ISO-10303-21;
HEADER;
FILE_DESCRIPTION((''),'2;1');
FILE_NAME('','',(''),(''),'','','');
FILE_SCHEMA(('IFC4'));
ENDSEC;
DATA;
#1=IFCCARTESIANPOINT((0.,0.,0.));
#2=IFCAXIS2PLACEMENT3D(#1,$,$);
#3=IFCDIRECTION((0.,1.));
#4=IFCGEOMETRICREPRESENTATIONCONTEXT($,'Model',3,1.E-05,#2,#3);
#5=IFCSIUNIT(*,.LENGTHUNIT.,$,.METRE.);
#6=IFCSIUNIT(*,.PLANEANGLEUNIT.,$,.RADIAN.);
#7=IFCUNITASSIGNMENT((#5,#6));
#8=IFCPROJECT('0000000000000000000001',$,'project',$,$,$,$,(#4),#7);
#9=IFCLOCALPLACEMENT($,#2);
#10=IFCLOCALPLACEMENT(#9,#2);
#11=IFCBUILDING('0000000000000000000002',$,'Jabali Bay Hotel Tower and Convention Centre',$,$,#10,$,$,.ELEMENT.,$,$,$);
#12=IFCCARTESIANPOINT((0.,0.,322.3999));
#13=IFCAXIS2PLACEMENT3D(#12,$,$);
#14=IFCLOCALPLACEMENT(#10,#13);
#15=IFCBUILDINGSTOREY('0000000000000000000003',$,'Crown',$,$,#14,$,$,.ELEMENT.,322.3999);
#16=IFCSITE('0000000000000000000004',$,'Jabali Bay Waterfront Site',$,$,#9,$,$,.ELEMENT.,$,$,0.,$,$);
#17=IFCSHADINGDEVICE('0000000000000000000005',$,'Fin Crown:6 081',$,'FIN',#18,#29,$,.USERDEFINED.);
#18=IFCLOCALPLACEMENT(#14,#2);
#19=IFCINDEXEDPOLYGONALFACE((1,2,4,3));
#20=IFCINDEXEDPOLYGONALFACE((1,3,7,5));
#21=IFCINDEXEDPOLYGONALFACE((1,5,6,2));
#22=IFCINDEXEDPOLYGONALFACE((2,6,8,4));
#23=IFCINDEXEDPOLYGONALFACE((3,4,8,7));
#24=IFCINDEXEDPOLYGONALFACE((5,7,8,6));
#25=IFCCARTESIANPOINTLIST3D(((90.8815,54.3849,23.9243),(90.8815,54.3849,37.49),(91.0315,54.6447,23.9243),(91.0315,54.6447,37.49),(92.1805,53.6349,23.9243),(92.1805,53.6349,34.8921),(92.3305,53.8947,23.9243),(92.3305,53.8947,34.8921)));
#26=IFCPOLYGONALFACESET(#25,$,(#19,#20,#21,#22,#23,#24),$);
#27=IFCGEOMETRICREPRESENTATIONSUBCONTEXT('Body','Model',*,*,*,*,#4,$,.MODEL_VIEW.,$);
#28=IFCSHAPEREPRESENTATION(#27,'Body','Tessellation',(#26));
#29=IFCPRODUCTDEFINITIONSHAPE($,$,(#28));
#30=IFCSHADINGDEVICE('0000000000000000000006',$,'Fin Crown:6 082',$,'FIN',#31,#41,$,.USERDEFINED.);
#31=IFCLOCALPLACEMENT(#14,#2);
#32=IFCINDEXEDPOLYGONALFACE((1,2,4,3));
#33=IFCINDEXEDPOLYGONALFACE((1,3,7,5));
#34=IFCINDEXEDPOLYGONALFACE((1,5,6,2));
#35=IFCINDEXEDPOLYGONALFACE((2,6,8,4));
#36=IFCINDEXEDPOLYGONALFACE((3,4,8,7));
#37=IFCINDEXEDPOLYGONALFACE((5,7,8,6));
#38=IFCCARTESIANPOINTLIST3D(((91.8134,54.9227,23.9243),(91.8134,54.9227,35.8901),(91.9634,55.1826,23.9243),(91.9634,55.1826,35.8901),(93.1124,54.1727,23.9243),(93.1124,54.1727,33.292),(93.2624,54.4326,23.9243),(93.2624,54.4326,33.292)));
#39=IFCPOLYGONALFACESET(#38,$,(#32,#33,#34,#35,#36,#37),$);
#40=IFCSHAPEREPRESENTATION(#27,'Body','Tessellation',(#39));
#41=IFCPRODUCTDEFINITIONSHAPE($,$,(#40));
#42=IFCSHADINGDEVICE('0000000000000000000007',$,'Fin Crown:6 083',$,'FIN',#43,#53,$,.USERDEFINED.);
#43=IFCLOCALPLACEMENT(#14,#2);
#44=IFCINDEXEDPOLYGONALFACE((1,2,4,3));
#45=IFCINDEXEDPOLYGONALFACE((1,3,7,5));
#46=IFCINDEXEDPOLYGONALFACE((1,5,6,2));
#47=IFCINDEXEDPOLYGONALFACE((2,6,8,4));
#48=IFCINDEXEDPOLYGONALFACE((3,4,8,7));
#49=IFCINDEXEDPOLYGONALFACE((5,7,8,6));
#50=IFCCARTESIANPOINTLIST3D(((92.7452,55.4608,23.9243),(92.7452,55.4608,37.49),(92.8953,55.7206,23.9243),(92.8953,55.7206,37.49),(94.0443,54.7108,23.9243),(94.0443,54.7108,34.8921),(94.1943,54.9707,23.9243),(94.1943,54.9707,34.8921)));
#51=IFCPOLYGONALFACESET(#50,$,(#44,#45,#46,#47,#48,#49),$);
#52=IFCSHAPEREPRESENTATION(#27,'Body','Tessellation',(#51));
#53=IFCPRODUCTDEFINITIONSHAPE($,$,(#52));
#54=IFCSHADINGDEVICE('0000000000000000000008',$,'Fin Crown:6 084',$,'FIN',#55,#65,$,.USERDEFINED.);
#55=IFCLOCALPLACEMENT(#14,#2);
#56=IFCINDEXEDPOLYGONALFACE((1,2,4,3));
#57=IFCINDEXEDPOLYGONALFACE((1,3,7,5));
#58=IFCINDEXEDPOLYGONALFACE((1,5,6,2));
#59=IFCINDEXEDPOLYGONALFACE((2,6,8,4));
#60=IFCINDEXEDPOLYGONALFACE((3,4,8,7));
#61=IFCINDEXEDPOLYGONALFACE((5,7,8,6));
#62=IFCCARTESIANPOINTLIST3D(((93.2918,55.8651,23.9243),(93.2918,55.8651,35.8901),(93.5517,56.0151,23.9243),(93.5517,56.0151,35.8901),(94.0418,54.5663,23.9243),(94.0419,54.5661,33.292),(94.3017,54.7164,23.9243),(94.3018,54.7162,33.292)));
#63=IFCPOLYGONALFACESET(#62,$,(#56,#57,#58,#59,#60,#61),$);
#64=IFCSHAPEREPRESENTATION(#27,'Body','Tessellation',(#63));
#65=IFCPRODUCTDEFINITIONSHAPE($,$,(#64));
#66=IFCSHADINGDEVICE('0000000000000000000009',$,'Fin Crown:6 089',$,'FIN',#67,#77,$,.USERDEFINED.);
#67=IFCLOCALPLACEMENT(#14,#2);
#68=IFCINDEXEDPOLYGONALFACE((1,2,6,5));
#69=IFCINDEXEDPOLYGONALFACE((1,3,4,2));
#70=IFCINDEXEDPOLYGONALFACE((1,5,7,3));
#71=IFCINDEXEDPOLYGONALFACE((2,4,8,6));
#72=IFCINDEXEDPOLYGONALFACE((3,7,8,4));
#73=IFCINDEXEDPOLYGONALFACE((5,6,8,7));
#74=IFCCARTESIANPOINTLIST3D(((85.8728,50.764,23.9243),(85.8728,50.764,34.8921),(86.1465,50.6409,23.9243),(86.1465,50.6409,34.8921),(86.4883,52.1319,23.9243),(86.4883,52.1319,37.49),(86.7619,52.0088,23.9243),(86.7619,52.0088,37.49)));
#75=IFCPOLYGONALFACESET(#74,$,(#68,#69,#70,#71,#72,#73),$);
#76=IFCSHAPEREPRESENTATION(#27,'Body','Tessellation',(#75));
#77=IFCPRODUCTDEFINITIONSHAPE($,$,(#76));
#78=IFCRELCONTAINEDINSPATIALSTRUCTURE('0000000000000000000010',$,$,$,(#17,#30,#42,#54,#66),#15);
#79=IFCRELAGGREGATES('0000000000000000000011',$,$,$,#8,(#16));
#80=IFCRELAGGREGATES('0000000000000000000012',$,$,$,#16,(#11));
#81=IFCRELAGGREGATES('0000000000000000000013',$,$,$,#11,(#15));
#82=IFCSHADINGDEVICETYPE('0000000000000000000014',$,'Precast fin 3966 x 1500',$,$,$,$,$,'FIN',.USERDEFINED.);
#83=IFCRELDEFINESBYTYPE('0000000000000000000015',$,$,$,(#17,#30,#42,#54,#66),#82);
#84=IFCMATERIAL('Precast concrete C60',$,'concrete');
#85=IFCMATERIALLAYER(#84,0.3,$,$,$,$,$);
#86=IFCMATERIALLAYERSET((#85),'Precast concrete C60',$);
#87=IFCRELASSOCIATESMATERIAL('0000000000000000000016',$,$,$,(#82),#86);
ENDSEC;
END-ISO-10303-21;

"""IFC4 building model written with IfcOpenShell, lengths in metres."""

from ifc_helpers import new_model, si_unit, direction, frame, origin, place, context, subcontext, project, spatial, polyline, outline, extrude, material, layer, layer_set, type_object, element, save


model = new_model("IFC4")

# Units and contexts
model_context = context("Model", 3, precision=1e-05, world=origin(), true_north=direction((0.0, 1.0)))
body_context = subcontext(model_context, "Body", "Model", "MODEL_VIEW")
ifc_project = project(units=[si_unit("LENGTHUNIT", "METRE"), si_unit("PLANEANGLEUNIT", "RADIAN")], contexts=[model_context])

# Site, building, storey
site_placement = place(None, origin())
site = spatial("IfcSite", under=ifc_project, at=site_placement, Name="Jabali Bay Waterfront Site", CompositionType="ELEMENT", RefElevation=0.0)
building_placement = place(site_placement, origin())
building = spatial("IfcBuilding", under=site, at=building_placement, Name="Jabali Bay Hotel Tower and Convention Centre", CompositionType="ELEMENT")
storey_placement = place(building_placement, frame((0.0, 0.0, 322.3999)))
storey = spatial("IfcBuildingStorey", under=building, at=storey_placement, Name="Crown", CompositionType="ELEMENT", Elevation=322.3999)

# Shading devices
ifc_material_1 = material(Name="Precast concrete C60", Category="concrete")
ifc_layer_1 = layer(ifc_material_1, 0.3)
ifc_layer_set_1 = layer_set([ifc_layer_1], Name="Precast concrete C60")
shading_device_type = type_object("IfcShadingDeviceType", Name="Precast fin 3966 x 1500", ElementType="FIN", PredefinedType="USERDEFINED", material=ifc_layer_set_1)
shading_device_1_placement = place(storey_placement, frame((90.9565, 54.5149, 23.9243), z_axis=(0.0, 0.0, 1.0), x_axis=(0.866031, -0.49999, 0.0)))
element("IfcShadingDevice", 1, at=shading_device_1_placement, inside=storey, type_object=shading_device_type, Name="Fin Crown:6 081", ObjectType="FIN", PredefinedType="USERDEFINED", context=body_context, shape_type="SweptSolid", body=[
    extrude(outline(polyline([(0.0, 0.0), (1.5, 0.0), (1.5, 10.9678), (0.0, 13.5657), (0.0, 0.0)])), frame((0.0, 0.1499, 0.0), z_axis=(0.0, -1.0, 0.0), x_axis=(1.0, 0.0, 0.0)), (0.0, 0.0, 1.0), 0.3),
])
shading_device_2_placement = place(storey_placement, frame((91.8884, 55.0527, 23.9243), z_axis=(0.0, 0.0, 1.0), x_axis=(0.866031, -0.49999, 0.0)))
element("IfcShadingDevice", 2, at=shading_device_2_placement, inside=storey, type_object=shading_device_type, Name="Fin Crown:6 082", ObjectType="FIN", PredefinedType="USERDEFINED", context=body_context, shape_type="SweptSolid", body=[
    extrude(outline(polyline([(0.0, 0.0), (1.5, 0.0), (1.5, 9.3677), (0.0, 11.9658), (0.0, 0.0)])), frame((0.0, 0.1499, 0.0), z_axis=(0.0, -1.0, 0.0), x_axis=(1.0, 0.0, 0.0)), (0.0, 0.0, 1.0), 0.3),
])
shading_device_3_placement = place(storey_placement, frame((92.8203, 55.5908, 23.9243), z_axis=(0.0, 0.0, 1.0), x_axis=(0.866031, -0.49999, 0.0)))
element("IfcShadingDevice", 3, at=shading_device_3_placement, inside=storey, type_object=shading_device_type, Name="Fin Crown:6 083", ObjectType="FIN", PredefinedType="USERDEFINED", context=body_context, shape_type="SweptSolid", body=[
    extrude(outline(polyline([(0.0, 0.0), (1.5, 0.0), (1.5, 10.9678), (0.0, 13.5657), (0.0, 0.0)])), frame((0.0, 0.1499, 0.0), z_axis=(0.0, -1.0, 0.0), x_axis=(1.0, 0.0, 0.0)), (0.0, 0.0, 1.0), 0.3),
])
shading_device_4_placement = place(storey_placement, frame((93.4219, 55.9402, 23.9243), z_axis=(0.0, 0.0, 1.0), x_axis=(0.500061, -0.86599, 0.0)))
element("IfcShadingDevice", 4, at=shading_device_4_placement, inside=storey, type_object=shading_device_type, Name="Fin Crown:6 084", ObjectType="FIN", PredefinedType="USERDEFINED", context=body_context, shape_type="SweptSolid", body=[
    extrude(outline(polyline([(0.0, 0.0), (1.4998, 0.0), (1.5, 9.3677), (0.0, 11.9658), (0.0, 0.0)])), frame((0.0, 0.1499, 0.0), z_axis=(0.0, -1.0, 0.0), x_axis=(1.0, 0.0, 0.0)), (0.0, 0.0, 1.0), 0.3),
])
shading_device_5_placement = place(storey_placement, frame((86.6252, 52.0703, 23.9243), z_axis=(0.0, 0.0, 1.0), x_axis=(-0.410317, -0.911943, 0.0)))
element("IfcShadingDevice", 5, at=shading_device_5_placement, inside=storey, type_object=shading_device_type, Name="Fin Crown:6 089", ObjectType="FIN", PredefinedType="USERDEFINED", context=body_context, shape_type="SweptSolid", body=[
    extrude(outline(polyline([(0.0, 0.0), (1.5, 0.0), (1.5, 10.9678), (0.0, 13.5657), (0.0, 0.0)])), frame((0.0, 0.1499, 0.0), z_axis=(0.0, -1.0, 0.0), x_axis=(1.0, 0.0, 0.0)), (0.0, 0.0, 1.0), 0.3),
])

save(model, "model.ifc")
